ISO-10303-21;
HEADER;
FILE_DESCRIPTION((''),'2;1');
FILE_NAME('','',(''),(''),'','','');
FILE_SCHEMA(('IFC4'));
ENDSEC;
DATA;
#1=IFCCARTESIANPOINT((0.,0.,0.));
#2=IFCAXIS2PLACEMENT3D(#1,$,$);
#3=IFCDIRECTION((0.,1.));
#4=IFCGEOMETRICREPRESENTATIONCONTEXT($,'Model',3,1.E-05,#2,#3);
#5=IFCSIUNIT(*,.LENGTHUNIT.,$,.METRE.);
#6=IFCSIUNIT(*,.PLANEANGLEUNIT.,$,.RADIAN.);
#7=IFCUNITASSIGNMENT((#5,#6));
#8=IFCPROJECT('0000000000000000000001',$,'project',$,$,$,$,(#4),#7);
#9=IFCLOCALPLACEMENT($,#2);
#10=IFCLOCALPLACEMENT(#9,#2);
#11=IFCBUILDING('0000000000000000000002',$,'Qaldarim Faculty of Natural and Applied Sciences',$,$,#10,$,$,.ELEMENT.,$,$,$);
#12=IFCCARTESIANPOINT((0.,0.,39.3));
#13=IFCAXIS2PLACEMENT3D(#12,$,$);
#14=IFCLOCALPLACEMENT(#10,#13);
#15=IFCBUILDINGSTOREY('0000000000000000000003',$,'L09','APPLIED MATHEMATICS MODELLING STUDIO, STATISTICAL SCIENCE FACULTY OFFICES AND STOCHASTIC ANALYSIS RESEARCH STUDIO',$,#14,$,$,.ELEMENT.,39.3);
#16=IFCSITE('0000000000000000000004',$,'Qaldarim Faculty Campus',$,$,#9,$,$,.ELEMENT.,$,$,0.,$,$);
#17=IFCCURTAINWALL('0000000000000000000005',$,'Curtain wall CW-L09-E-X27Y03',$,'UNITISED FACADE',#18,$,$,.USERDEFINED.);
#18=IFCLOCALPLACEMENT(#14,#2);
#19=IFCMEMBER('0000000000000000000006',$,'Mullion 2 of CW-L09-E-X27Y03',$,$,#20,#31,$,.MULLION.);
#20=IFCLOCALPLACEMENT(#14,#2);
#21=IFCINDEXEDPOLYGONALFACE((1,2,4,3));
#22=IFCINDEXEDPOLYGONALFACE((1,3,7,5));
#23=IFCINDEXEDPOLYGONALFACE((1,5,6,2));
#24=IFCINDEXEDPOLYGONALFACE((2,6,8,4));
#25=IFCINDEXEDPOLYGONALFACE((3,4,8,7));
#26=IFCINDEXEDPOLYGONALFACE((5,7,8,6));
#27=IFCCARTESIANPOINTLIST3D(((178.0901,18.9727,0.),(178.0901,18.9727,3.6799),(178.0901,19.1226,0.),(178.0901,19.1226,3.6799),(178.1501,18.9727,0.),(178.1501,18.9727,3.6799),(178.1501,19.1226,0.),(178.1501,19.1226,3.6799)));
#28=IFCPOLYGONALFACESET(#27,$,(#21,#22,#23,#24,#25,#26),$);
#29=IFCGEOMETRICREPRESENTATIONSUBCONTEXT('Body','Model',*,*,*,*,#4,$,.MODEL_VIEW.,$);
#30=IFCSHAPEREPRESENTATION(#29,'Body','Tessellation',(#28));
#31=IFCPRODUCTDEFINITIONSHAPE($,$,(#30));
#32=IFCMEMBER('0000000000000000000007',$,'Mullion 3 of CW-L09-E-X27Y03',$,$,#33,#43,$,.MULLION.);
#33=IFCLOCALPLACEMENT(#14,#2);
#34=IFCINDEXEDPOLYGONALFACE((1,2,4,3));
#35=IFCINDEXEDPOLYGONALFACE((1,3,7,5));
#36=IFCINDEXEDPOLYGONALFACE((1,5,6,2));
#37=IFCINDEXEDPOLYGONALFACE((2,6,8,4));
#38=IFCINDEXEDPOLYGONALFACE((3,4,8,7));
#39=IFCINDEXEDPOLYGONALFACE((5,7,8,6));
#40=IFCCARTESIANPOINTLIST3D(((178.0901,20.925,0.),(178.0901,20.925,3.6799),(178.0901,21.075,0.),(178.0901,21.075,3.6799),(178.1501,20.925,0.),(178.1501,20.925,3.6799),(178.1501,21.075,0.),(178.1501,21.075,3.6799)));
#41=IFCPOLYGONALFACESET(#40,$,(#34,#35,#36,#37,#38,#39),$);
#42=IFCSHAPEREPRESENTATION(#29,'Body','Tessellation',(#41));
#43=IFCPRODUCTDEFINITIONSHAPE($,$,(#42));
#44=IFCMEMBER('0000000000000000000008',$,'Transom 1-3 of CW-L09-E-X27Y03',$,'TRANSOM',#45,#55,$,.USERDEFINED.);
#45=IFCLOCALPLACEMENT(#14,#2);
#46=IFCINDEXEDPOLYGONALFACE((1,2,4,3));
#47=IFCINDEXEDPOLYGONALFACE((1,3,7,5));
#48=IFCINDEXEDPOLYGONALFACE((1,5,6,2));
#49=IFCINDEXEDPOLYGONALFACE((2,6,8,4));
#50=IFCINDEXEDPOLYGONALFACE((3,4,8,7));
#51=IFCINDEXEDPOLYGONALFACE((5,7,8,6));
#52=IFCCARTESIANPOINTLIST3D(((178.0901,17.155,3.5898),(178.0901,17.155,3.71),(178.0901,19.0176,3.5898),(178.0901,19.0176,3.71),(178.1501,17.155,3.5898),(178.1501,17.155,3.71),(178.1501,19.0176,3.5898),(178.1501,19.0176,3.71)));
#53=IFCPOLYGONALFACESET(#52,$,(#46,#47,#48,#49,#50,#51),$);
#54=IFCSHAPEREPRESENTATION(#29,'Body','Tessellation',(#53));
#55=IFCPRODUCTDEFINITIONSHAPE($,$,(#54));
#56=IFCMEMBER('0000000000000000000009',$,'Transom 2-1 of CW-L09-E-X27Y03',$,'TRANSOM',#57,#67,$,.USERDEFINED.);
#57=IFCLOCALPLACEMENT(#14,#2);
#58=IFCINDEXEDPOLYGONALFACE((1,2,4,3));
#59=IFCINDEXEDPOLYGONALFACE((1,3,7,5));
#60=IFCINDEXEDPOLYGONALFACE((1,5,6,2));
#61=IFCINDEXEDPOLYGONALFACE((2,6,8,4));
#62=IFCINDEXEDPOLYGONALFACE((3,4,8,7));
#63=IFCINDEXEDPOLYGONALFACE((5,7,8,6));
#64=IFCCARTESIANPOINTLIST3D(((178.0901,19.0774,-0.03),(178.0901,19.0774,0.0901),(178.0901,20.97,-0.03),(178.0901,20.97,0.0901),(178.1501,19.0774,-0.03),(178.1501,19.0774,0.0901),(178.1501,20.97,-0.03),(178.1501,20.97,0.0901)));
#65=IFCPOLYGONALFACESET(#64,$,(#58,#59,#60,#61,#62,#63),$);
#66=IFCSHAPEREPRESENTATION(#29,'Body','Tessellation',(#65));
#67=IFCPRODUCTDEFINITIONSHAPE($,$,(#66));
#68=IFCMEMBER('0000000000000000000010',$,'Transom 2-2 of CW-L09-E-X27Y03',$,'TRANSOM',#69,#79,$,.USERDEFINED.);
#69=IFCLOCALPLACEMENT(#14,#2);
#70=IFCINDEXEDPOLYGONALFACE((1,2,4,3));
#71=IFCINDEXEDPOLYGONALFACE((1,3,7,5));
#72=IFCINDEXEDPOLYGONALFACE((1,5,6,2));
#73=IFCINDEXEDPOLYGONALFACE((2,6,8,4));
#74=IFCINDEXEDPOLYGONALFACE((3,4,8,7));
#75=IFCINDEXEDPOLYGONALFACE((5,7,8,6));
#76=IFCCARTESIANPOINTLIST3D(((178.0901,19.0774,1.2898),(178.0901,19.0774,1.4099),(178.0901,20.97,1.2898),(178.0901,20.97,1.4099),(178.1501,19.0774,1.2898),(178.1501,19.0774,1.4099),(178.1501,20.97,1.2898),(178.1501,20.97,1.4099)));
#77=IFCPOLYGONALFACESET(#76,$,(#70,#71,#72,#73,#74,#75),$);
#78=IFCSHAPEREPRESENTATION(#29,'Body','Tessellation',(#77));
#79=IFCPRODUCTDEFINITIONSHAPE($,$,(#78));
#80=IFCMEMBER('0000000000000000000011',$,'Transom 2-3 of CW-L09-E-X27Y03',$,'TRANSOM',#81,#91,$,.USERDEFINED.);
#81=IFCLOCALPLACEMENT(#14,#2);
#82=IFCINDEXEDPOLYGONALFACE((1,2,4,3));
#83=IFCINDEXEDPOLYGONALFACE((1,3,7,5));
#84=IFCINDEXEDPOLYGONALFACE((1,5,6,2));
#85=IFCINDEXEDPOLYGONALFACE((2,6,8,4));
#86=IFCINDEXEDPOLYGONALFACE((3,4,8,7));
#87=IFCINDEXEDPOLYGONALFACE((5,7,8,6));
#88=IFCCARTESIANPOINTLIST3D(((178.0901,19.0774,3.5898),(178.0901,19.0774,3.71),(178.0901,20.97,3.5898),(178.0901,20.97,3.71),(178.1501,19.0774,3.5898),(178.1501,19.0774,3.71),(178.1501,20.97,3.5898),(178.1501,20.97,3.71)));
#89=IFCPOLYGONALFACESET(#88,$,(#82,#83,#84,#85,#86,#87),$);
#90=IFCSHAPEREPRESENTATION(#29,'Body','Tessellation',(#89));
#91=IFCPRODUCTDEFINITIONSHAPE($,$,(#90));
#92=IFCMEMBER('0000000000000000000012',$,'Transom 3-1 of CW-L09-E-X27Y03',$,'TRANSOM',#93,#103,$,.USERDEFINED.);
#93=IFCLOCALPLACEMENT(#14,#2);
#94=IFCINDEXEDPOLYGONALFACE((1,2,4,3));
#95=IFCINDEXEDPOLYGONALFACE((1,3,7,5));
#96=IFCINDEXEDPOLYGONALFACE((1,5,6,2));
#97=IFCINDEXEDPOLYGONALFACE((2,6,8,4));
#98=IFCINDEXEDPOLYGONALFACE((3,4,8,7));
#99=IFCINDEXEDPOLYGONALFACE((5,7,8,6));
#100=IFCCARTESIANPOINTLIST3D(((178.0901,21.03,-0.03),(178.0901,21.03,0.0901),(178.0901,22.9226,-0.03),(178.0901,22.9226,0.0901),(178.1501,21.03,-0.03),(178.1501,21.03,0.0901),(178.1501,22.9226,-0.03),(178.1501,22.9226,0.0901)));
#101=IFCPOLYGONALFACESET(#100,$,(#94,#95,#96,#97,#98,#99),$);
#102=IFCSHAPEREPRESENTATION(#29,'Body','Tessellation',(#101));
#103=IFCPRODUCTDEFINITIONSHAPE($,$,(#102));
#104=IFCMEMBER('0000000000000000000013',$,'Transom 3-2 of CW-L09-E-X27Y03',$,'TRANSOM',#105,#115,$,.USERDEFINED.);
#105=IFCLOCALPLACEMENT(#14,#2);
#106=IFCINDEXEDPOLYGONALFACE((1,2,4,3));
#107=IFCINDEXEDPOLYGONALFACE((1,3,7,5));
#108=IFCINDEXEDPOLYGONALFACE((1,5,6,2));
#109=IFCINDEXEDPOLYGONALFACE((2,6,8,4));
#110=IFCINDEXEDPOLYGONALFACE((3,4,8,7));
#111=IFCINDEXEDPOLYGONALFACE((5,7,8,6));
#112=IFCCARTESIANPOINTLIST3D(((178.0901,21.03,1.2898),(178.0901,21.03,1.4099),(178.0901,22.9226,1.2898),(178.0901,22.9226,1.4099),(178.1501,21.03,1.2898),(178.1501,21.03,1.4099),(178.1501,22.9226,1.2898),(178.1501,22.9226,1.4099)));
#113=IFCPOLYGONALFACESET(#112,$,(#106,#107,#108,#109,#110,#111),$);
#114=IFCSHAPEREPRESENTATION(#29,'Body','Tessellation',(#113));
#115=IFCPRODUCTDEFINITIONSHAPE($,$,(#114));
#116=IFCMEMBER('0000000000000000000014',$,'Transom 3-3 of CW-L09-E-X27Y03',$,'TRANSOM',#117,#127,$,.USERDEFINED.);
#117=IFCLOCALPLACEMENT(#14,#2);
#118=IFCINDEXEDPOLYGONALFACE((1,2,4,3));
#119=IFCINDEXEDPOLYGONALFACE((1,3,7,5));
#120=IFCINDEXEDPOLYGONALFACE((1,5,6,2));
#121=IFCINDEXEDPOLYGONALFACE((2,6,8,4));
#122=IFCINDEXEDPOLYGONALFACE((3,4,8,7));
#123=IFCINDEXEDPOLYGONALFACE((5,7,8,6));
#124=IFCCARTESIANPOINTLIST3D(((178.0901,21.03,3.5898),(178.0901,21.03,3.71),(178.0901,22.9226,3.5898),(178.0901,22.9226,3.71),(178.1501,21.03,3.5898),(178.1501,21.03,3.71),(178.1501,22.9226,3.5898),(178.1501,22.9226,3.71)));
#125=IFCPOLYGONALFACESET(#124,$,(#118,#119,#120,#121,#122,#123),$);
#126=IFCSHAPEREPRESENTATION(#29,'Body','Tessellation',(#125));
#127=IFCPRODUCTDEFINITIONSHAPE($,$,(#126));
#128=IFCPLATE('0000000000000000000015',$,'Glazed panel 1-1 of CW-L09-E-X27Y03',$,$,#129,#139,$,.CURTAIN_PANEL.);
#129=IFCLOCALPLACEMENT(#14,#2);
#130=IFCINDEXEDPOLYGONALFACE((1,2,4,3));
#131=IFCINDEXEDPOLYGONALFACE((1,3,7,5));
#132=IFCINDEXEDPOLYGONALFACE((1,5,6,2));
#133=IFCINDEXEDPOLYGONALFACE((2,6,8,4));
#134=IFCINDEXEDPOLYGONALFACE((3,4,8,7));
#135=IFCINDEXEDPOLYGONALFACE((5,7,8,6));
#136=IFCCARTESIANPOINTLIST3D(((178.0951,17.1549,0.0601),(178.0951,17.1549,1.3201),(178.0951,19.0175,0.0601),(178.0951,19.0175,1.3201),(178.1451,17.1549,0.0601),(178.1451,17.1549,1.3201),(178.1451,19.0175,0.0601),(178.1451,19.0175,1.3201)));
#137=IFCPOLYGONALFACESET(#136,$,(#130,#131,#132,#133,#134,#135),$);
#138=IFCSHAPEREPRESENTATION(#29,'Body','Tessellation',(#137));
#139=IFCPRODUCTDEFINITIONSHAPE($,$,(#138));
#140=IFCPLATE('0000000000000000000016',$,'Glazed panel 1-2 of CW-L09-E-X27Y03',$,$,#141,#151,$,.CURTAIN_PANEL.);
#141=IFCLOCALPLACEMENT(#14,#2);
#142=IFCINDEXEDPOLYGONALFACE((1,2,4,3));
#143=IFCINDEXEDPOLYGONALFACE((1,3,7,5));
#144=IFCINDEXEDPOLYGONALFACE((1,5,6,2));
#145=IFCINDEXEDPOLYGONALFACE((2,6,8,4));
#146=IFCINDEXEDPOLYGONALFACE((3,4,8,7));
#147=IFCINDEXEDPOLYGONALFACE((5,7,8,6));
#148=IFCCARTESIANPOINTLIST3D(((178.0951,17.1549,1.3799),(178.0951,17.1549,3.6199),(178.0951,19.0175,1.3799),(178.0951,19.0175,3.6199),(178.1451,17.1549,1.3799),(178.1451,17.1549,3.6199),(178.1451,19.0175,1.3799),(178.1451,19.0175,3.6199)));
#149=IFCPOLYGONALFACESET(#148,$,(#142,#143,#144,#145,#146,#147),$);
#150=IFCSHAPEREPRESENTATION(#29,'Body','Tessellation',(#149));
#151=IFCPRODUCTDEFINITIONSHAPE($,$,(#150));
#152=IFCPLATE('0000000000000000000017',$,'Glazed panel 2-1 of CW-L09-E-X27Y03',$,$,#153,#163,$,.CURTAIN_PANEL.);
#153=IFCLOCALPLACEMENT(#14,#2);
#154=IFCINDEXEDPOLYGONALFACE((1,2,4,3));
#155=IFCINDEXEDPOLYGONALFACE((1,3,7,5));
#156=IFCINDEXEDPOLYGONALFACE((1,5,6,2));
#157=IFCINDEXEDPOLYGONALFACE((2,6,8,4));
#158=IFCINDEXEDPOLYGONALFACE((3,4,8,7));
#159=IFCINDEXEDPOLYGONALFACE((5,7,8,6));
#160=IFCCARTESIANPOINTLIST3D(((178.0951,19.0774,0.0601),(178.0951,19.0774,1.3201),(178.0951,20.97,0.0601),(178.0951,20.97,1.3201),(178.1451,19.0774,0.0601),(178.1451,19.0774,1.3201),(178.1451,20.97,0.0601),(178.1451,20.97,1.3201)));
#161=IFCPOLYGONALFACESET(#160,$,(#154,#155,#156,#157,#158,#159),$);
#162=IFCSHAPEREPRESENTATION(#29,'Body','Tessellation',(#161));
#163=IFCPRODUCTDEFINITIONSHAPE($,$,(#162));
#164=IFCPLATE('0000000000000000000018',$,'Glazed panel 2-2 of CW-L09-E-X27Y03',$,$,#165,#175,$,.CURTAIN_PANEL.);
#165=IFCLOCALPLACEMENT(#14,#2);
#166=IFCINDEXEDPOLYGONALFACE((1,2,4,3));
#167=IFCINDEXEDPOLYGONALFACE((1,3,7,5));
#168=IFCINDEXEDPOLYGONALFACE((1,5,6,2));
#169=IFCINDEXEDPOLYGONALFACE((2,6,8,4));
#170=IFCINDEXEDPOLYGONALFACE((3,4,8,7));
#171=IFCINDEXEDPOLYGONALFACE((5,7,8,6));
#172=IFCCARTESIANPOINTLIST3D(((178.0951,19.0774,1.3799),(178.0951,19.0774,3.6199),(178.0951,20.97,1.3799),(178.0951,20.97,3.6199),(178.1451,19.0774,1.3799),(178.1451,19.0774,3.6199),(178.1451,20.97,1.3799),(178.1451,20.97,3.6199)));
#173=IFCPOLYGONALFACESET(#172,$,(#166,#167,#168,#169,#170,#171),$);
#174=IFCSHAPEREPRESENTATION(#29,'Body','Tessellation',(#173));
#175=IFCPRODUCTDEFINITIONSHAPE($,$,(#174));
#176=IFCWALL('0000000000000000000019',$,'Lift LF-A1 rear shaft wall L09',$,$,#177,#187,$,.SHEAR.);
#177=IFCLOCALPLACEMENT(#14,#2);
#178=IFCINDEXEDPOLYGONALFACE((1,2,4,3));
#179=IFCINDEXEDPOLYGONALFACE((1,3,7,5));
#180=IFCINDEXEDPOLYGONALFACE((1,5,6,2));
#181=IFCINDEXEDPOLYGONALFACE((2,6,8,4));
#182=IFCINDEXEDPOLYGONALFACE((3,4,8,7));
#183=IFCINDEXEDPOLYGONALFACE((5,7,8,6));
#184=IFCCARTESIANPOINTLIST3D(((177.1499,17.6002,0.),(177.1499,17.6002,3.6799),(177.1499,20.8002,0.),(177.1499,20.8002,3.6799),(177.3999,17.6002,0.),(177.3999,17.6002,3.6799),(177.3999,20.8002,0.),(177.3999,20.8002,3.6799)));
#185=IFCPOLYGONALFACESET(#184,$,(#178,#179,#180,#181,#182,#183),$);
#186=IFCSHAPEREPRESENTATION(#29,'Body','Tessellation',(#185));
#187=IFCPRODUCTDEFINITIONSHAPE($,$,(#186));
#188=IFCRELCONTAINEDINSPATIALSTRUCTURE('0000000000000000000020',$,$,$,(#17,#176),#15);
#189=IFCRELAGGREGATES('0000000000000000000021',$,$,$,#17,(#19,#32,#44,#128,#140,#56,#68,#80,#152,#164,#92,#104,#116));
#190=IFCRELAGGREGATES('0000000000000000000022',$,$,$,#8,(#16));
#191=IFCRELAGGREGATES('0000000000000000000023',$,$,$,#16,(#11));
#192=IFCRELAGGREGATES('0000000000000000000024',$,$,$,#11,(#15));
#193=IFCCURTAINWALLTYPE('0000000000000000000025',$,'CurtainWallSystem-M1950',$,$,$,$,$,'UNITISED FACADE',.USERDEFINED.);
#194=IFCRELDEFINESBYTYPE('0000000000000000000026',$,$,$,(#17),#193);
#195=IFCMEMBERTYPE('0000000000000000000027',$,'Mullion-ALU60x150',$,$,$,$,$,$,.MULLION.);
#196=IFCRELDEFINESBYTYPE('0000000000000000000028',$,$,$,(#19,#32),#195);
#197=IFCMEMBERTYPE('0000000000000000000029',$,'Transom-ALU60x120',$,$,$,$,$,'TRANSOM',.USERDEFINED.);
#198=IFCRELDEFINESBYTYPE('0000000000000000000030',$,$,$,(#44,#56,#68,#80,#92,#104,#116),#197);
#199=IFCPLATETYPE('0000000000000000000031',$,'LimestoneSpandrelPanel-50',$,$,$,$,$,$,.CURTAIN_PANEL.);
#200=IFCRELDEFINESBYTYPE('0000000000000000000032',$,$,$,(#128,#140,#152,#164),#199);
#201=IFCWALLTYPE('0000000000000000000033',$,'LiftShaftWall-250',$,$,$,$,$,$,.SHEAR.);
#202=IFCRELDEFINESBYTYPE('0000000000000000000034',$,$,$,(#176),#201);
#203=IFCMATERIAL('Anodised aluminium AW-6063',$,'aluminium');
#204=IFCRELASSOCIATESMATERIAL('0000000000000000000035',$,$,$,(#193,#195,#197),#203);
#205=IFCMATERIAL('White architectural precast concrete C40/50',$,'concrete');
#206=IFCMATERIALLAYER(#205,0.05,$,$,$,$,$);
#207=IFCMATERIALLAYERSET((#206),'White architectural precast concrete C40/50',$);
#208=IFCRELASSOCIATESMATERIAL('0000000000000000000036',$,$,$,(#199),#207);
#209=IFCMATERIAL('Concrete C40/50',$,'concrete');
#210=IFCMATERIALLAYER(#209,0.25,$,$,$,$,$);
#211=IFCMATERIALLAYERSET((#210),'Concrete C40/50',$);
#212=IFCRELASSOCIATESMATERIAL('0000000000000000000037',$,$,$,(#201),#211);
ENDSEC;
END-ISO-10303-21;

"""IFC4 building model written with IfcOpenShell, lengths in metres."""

from ifc_helpers import new_model, si_unit, direction, frame, frame_2d, origin, origin_2d, place, context, subcontext, project, spatial, rectangle, extrude, material, layer, layer_set, material_profile, profile_set, type_object, element, aggregate, save


model = new_model("IFC4")

# Units and contexts
model_context = context("Model", 3, precision=1e-05, world=origin(), true_north=direction((0.0, 1.0)))
body_context = subcontext(model_context, "Body", "Model", "MODEL_VIEW")
ifc_project = project(units=[si_unit("LENGTHUNIT", "METRE"), si_unit("PLANEANGLEUNIT", "RADIAN")], contexts=[model_context])

# Site, building, storey
site_placement = place(None, origin())
site = spatial("IfcSite", under=ifc_project, at=site_placement, Name="Qaldarim Faculty Campus", CompositionType="ELEMENT", RefElevation=0.0)
building_placement = place(site_placement, origin())
building = spatial("IfcBuilding", under=site, at=building_placement, Name="Qaldarim Faculty of Natural and Applied Sciences", CompositionType="ELEMENT")
storey_placement = place(building_placement, frame((0.0, 0.0, 39.3)))
storey = spatial("IfcBuildingStorey", under=building, at=storey_placement, Name="L09", Description="APPLIED MATHEMATICS MODELLING STUDIO, STATISTICAL SCIENCE FACULTY OFFICES AND STOCHASTIC ANALYSIS RESEARCH STUDIO", CompositionType="ELEMENT", Elevation=39.3)

# Curtain wall, members, plates
ifc_material_1 = material(Name="Anodised aluminium AW-6063", Category="aluminium")
curtain_wall_type = type_object("IfcCurtainWallType", Name="CurtainWallSystem-M1950", ElementType="UNITISED FACADE", PredefinedType="USERDEFINED", material=ifc_material_1)
curtain_wall_placement = place(storey_placement, origin())
curtain_wall = element("IfcCurtainWall", 1, at=curtain_wall_placement, inside=storey, type_object=curtain_wall_type, Name="Curtain wall CW-L09-E-X27Y03", ObjectType="UNITISED FACADE", PredefinedType="USERDEFINED")
ifc_material_profile_1 = material_profile(ifc_material_1, rectangle(XDim=0.0601, YDim=0.1499, at=origin_2d()), Name="ALU-M60x150")
ifc_profile_set_1 = profile_set([ifc_material_profile_1], Name="Anodised aluminium AW-6063")
member_type_1 = type_object("IfcMemberType", Name="Mullion-ALU60x150", PredefinedType="MULLION", material=ifc_profile_set_1)
member_1_placement = place(storey_placement, frame((178.1201, 19.0476, 0.0), z_axis=(0.0, 0.0, 1.0), x_axis=(-1.0, 0.0, 0.0)))
member_1 = element("IfcMember", 2, at=member_1_placement, type_object=member_type_1, Name="Mullion 2 of CW-L09-E-X27Y03", PredefinedType="MULLION", context=body_context, shape_type="SweptSolid", body=[
    extrude(rectangle(XDim=0.0601, YDim=0.1499, at=origin_2d()), origin(), (0.0, 0.0, 1.0), 3.6799),
])
member_2_placement = place(storey_placement, frame((178.1201, 21.0, 0.0), z_axis=(0.0, 0.0, 1.0), x_axis=(-1.0, 0.0, 0.0)))
member_2 = element("IfcMember", 3, at=member_2_placement, type_object=member_type_1, Name="Mullion 3 of CW-L09-E-X27Y03", PredefinedType="MULLION", context=body_context, shape_type="SweptSolid", body=[
    extrude(rectangle(XDim=0.0601, YDim=0.1499, at=origin_2d()), origin(), (0.0, 0.0, 1.0), 3.6799),
])
ifc_material_profile_2 = material_profile(ifc_material_1, rectangle(XDim=0.0601, YDim=0.1201, at=origin_2d()), Name="ALU-T60x120")
ifc_profile_set_2 = profile_set([ifc_material_profile_2], Name="Anodised aluminium AW-6063")
member_type_2 = type_object("IfcMemberType", Name="Transom-ALU60x120", ElementType="TRANSOM", PredefinedType="USERDEFINED", material=ifc_profile_set_2)
member_3_placement = place(storey_placement, frame((178.1201, 17.155, 3.6499), z_axis=(0.0, 1.0, 0.0), x_axis=(-1.0, 0.0, 0.0)))
member_3 = element("IfcMember", 4, at=member_3_placement, type_object=member_type_2, Name="Transom 1-3 of CW-L09-E-X27Y03", ObjectType="TRANSOM", PredefinedType="USERDEFINED", context=body_context, shape_type="SweptSolid", body=[
    extrude(rectangle(XDim=0.0601, YDim=0.1201, at=origin_2d()), origin(), (0.0, 0.0, 1.0), 1.8625),
])
member_4_placement = place(storey_placement, frame((178.1201, 19.0774, 0.03), z_axis=(0.0, 1.0, 0.0), x_axis=(-1.0, 0.0, 0.0)))
member_4 = element("IfcMember", 5, at=member_4_placement, type_object=member_type_2, Name="Transom 2-1 of CW-L09-E-X27Y03", ObjectType="TRANSOM", PredefinedType="USERDEFINED", context=body_context, shape_type="SweptSolid", body=[
    extrude(rectangle(XDim=0.0601, YDim=0.1201, at=origin_2d()), origin(), (0.0, 0.0, 1.0), 1.8926),
])
member_5_placement = place(storey_placement, frame((178.1201, 19.0774, 1.3499), z_axis=(0.0, 1.0, 0.0), x_axis=(-1.0, 0.0, 0.0)))
member_5 = element("IfcMember", 6, at=member_5_placement, type_object=member_type_2, Name="Transom 2-2 of CW-L09-E-X27Y03", ObjectType="TRANSOM", PredefinedType="USERDEFINED", context=body_context, shape_type="SweptSolid", body=[
    extrude(rectangle(XDim=0.0601, YDim=0.1201, at=origin_2d()), origin(), (0.0, 0.0, 1.0), 1.8926),
])
member_6_placement = place(storey_placement, frame((178.1201, 19.0774, 3.6499), z_axis=(0.0, 1.0, 0.0), x_axis=(-1.0, 0.0, 0.0)))
member_6 = element("IfcMember", 7, at=member_6_placement, type_object=member_type_2, Name="Transom 2-3 of CW-L09-E-X27Y03", ObjectType="TRANSOM", PredefinedType="USERDEFINED", context=body_context, shape_type="SweptSolid", body=[
    extrude(rectangle(XDim=0.0601, YDim=0.1201, at=origin_2d()), origin(), (0.0, 0.0, 1.0), 1.8926),
])
member_7_placement = place(storey_placement, frame((178.1201, 21.03, 0.03), z_axis=(0.0, 1.0, 0.0), x_axis=(-1.0, 0.0, 0.0)))
member_7 = element("IfcMember", 8, at=member_7_placement, type_object=member_type_2, Name="Transom 3-1 of CW-L09-E-X27Y03", ObjectType="TRANSOM", PredefinedType="USERDEFINED", context=body_context, shape_type="SweptSolid", body=[
    extrude(rectangle(XDim=0.0601, YDim=0.1201, at=origin_2d()), origin(), (0.0, 0.0, 1.0), 1.8926),
])
member_8_placement = place(storey_placement, frame((178.1201, 21.03, 1.3499), z_axis=(0.0, 1.0, 0.0), x_axis=(-1.0, 0.0, 0.0)))
member_8 = element("IfcMember", 9, at=member_8_placement, type_object=member_type_2, Name="Transom 3-2 of CW-L09-E-X27Y03", ObjectType="TRANSOM", PredefinedType="USERDEFINED", context=body_context, shape_type="SweptSolid", body=[
    extrude(rectangle(XDim=0.0601, YDim=0.1201, at=origin_2d()), origin(), (0.0, 0.0, 1.0), 1.8926),
])
member_9_placement = place(storey_placement, frame((178.1201, 21.03, 3.6499), z_axis=(0.0, 1.0, 0.0), x_axis=(-1.0, 0.0, 0.0)))
member_9 = element("IfcMember", 10, at=member_9_placement, type_object=member_type_2, Name="Transom 3-3 of CW-L09-E-X27Y03", ObjectType="TRANSOM", PredefinedType="USERDEFINED", context=body_context, shape_type="SweptSolid", body=[
    extrude(rectangle(XDim=0.0601, YDim=0.1201, at=origin_2d()), origin(), (0.0, 0.0, 1.0), 1.8926),
])
ifc_material_2 = material(Name="White architectural precast concrete C40/50", Category="concrete")
ifc_layer_1 = layer(ifc_material_2, 0.05)
ifc_layer_set_1 = layer_set([ifc_layer_1], Name="White architectural precast concrete C40/50")
plate_type = type_object("IfcPlateType", Name="LimestoneSpandrelPanel-50", PredefinedType="CURTAIN_PANEL", material=ifc_layer_set_1)
plate_1_placement = place(storey_placement, frame((178.1201, 18.0862, 0.0601), z_axis=(0.0, 0.0, 1.0), x_axis=(0.0, 1.0, 0.0)))
plate_1 = element("IfcPlate", 11, at=plate_1_placement, type_object=plate_type, Name="Glazed panel 1-1 of CW-L09-E-X27Y03", PredefinedType="CURTAIN_PANEL", context=body_context, shape_type="SweptSolid", body=[
    extrude(rectangle(XDim=1.8625, YDim=0.05, at=origin_2d()), origin(), (0.0, 0.0, 1.0), 1.26),
])
plate_2_placement = place(storey_placement, frame((178.1201, 18.0862, 1.3799), z_axis=(0.0, 0.0, 1.0), x_axis=(0.0, 1.0, 0.0)))
plate_2 = element("IfcPlate", 12, at=plate_2_placement, type_object=plate_type, Name="Glazed panel 1-2 of CW-L09-E-X27Y03", PredefinedType="CURTAIN_PANEL", context=body_context, shape_type="SweptSolid", body=[
    extrude(rectangle(XDim=1.8625, YDim=0.05, at=origin_2d()), origin(), (0.0, 0.0, 1.0), 2.24),
])
plate_3_placement = place(storey_placement, frame((178.1201, 20.0237, 0.0601), z_axis=(0.0, 0.0, 1.0), x_axis=(0.0, 1.0, 0.0)))
plate_3 = element("IfcPlate", 13, at=plate_3_placement, type_object=plate_type, Name="Glazed panel 2-1 of CW-L09-E-X27Y03", PredefinedType="CURTAIN_PANEL", context=body_context, shape_type="SweptSolid", body=[
    extrude(rectangle(XDim=1.8926, YDim=0.05, at=origin_2d()), origin(), (0.0, 0.0, 1.0), 1.26),
])
plate_4_placement = place(storey_placement, frame((178.1201, 20.0237, 1.3799), z_axis=(0.0, 0.0, 1.0), x_axis=(0.0, 1.0, 0.0)))
plate_4 = element("IfcPlate", 14, at=plate_4_placement, type_object=plate_type, Name="Glazed panel 2-2 of CW-L09-E-X27Y03", PredefinedType="CURTAIN_PANEL", context=body_context, shape_type="SweptSolid", body=[
    extrude(rectangle(XDim=1.8926, YDim=0.05, at=origin_2d()), origin(), (0.0, 0.0, 1.0), 2.24),
])
aggregate(curtain_wall, [member_1, member_2, member_3, plate_1, plate_2, member_4, member_5, member_6, plate_3, plate_4, member_7, member_8, member_9])

# Shared definitions
ifc_material_3 = material(Name="Concrete C40/50", Category="concrete")
ifc_layer_2 = layer(ifc_material_3, 0.25)
ifc_layer_set_2 = layer_set([ifc_layer_2], Name="Concrete C40/50")
wall_type = type_object("IfcWallType", Name="LiftShaftWall-250", PredefinedType="SHEAR", material=ifc_layer_set_2)

# Wall
wall_1_placement = place(storey_placement, frame((177.2749, 17.6001, 0.0), z_axis=(0.0, 0.0, 1.0), x_axis=(0.0, 1.0, 0.0)))
element("IfcWall", 15, at=wall_1_placement, inside=storey, type_object=wall_type, Name="Lift LF-A1 rear shaft wall L09", PredefinedType="SHEAR", context=body_context, shape_type="SweptSolid", body=[
    extrude(rectangle(XDim=3.2, YDim=0.25, at=frame_2d((1.6001, 0.0))), origin(), (0.0, 0.0, 1.0), 3.6799),
])

save(model, "model.ifc")
